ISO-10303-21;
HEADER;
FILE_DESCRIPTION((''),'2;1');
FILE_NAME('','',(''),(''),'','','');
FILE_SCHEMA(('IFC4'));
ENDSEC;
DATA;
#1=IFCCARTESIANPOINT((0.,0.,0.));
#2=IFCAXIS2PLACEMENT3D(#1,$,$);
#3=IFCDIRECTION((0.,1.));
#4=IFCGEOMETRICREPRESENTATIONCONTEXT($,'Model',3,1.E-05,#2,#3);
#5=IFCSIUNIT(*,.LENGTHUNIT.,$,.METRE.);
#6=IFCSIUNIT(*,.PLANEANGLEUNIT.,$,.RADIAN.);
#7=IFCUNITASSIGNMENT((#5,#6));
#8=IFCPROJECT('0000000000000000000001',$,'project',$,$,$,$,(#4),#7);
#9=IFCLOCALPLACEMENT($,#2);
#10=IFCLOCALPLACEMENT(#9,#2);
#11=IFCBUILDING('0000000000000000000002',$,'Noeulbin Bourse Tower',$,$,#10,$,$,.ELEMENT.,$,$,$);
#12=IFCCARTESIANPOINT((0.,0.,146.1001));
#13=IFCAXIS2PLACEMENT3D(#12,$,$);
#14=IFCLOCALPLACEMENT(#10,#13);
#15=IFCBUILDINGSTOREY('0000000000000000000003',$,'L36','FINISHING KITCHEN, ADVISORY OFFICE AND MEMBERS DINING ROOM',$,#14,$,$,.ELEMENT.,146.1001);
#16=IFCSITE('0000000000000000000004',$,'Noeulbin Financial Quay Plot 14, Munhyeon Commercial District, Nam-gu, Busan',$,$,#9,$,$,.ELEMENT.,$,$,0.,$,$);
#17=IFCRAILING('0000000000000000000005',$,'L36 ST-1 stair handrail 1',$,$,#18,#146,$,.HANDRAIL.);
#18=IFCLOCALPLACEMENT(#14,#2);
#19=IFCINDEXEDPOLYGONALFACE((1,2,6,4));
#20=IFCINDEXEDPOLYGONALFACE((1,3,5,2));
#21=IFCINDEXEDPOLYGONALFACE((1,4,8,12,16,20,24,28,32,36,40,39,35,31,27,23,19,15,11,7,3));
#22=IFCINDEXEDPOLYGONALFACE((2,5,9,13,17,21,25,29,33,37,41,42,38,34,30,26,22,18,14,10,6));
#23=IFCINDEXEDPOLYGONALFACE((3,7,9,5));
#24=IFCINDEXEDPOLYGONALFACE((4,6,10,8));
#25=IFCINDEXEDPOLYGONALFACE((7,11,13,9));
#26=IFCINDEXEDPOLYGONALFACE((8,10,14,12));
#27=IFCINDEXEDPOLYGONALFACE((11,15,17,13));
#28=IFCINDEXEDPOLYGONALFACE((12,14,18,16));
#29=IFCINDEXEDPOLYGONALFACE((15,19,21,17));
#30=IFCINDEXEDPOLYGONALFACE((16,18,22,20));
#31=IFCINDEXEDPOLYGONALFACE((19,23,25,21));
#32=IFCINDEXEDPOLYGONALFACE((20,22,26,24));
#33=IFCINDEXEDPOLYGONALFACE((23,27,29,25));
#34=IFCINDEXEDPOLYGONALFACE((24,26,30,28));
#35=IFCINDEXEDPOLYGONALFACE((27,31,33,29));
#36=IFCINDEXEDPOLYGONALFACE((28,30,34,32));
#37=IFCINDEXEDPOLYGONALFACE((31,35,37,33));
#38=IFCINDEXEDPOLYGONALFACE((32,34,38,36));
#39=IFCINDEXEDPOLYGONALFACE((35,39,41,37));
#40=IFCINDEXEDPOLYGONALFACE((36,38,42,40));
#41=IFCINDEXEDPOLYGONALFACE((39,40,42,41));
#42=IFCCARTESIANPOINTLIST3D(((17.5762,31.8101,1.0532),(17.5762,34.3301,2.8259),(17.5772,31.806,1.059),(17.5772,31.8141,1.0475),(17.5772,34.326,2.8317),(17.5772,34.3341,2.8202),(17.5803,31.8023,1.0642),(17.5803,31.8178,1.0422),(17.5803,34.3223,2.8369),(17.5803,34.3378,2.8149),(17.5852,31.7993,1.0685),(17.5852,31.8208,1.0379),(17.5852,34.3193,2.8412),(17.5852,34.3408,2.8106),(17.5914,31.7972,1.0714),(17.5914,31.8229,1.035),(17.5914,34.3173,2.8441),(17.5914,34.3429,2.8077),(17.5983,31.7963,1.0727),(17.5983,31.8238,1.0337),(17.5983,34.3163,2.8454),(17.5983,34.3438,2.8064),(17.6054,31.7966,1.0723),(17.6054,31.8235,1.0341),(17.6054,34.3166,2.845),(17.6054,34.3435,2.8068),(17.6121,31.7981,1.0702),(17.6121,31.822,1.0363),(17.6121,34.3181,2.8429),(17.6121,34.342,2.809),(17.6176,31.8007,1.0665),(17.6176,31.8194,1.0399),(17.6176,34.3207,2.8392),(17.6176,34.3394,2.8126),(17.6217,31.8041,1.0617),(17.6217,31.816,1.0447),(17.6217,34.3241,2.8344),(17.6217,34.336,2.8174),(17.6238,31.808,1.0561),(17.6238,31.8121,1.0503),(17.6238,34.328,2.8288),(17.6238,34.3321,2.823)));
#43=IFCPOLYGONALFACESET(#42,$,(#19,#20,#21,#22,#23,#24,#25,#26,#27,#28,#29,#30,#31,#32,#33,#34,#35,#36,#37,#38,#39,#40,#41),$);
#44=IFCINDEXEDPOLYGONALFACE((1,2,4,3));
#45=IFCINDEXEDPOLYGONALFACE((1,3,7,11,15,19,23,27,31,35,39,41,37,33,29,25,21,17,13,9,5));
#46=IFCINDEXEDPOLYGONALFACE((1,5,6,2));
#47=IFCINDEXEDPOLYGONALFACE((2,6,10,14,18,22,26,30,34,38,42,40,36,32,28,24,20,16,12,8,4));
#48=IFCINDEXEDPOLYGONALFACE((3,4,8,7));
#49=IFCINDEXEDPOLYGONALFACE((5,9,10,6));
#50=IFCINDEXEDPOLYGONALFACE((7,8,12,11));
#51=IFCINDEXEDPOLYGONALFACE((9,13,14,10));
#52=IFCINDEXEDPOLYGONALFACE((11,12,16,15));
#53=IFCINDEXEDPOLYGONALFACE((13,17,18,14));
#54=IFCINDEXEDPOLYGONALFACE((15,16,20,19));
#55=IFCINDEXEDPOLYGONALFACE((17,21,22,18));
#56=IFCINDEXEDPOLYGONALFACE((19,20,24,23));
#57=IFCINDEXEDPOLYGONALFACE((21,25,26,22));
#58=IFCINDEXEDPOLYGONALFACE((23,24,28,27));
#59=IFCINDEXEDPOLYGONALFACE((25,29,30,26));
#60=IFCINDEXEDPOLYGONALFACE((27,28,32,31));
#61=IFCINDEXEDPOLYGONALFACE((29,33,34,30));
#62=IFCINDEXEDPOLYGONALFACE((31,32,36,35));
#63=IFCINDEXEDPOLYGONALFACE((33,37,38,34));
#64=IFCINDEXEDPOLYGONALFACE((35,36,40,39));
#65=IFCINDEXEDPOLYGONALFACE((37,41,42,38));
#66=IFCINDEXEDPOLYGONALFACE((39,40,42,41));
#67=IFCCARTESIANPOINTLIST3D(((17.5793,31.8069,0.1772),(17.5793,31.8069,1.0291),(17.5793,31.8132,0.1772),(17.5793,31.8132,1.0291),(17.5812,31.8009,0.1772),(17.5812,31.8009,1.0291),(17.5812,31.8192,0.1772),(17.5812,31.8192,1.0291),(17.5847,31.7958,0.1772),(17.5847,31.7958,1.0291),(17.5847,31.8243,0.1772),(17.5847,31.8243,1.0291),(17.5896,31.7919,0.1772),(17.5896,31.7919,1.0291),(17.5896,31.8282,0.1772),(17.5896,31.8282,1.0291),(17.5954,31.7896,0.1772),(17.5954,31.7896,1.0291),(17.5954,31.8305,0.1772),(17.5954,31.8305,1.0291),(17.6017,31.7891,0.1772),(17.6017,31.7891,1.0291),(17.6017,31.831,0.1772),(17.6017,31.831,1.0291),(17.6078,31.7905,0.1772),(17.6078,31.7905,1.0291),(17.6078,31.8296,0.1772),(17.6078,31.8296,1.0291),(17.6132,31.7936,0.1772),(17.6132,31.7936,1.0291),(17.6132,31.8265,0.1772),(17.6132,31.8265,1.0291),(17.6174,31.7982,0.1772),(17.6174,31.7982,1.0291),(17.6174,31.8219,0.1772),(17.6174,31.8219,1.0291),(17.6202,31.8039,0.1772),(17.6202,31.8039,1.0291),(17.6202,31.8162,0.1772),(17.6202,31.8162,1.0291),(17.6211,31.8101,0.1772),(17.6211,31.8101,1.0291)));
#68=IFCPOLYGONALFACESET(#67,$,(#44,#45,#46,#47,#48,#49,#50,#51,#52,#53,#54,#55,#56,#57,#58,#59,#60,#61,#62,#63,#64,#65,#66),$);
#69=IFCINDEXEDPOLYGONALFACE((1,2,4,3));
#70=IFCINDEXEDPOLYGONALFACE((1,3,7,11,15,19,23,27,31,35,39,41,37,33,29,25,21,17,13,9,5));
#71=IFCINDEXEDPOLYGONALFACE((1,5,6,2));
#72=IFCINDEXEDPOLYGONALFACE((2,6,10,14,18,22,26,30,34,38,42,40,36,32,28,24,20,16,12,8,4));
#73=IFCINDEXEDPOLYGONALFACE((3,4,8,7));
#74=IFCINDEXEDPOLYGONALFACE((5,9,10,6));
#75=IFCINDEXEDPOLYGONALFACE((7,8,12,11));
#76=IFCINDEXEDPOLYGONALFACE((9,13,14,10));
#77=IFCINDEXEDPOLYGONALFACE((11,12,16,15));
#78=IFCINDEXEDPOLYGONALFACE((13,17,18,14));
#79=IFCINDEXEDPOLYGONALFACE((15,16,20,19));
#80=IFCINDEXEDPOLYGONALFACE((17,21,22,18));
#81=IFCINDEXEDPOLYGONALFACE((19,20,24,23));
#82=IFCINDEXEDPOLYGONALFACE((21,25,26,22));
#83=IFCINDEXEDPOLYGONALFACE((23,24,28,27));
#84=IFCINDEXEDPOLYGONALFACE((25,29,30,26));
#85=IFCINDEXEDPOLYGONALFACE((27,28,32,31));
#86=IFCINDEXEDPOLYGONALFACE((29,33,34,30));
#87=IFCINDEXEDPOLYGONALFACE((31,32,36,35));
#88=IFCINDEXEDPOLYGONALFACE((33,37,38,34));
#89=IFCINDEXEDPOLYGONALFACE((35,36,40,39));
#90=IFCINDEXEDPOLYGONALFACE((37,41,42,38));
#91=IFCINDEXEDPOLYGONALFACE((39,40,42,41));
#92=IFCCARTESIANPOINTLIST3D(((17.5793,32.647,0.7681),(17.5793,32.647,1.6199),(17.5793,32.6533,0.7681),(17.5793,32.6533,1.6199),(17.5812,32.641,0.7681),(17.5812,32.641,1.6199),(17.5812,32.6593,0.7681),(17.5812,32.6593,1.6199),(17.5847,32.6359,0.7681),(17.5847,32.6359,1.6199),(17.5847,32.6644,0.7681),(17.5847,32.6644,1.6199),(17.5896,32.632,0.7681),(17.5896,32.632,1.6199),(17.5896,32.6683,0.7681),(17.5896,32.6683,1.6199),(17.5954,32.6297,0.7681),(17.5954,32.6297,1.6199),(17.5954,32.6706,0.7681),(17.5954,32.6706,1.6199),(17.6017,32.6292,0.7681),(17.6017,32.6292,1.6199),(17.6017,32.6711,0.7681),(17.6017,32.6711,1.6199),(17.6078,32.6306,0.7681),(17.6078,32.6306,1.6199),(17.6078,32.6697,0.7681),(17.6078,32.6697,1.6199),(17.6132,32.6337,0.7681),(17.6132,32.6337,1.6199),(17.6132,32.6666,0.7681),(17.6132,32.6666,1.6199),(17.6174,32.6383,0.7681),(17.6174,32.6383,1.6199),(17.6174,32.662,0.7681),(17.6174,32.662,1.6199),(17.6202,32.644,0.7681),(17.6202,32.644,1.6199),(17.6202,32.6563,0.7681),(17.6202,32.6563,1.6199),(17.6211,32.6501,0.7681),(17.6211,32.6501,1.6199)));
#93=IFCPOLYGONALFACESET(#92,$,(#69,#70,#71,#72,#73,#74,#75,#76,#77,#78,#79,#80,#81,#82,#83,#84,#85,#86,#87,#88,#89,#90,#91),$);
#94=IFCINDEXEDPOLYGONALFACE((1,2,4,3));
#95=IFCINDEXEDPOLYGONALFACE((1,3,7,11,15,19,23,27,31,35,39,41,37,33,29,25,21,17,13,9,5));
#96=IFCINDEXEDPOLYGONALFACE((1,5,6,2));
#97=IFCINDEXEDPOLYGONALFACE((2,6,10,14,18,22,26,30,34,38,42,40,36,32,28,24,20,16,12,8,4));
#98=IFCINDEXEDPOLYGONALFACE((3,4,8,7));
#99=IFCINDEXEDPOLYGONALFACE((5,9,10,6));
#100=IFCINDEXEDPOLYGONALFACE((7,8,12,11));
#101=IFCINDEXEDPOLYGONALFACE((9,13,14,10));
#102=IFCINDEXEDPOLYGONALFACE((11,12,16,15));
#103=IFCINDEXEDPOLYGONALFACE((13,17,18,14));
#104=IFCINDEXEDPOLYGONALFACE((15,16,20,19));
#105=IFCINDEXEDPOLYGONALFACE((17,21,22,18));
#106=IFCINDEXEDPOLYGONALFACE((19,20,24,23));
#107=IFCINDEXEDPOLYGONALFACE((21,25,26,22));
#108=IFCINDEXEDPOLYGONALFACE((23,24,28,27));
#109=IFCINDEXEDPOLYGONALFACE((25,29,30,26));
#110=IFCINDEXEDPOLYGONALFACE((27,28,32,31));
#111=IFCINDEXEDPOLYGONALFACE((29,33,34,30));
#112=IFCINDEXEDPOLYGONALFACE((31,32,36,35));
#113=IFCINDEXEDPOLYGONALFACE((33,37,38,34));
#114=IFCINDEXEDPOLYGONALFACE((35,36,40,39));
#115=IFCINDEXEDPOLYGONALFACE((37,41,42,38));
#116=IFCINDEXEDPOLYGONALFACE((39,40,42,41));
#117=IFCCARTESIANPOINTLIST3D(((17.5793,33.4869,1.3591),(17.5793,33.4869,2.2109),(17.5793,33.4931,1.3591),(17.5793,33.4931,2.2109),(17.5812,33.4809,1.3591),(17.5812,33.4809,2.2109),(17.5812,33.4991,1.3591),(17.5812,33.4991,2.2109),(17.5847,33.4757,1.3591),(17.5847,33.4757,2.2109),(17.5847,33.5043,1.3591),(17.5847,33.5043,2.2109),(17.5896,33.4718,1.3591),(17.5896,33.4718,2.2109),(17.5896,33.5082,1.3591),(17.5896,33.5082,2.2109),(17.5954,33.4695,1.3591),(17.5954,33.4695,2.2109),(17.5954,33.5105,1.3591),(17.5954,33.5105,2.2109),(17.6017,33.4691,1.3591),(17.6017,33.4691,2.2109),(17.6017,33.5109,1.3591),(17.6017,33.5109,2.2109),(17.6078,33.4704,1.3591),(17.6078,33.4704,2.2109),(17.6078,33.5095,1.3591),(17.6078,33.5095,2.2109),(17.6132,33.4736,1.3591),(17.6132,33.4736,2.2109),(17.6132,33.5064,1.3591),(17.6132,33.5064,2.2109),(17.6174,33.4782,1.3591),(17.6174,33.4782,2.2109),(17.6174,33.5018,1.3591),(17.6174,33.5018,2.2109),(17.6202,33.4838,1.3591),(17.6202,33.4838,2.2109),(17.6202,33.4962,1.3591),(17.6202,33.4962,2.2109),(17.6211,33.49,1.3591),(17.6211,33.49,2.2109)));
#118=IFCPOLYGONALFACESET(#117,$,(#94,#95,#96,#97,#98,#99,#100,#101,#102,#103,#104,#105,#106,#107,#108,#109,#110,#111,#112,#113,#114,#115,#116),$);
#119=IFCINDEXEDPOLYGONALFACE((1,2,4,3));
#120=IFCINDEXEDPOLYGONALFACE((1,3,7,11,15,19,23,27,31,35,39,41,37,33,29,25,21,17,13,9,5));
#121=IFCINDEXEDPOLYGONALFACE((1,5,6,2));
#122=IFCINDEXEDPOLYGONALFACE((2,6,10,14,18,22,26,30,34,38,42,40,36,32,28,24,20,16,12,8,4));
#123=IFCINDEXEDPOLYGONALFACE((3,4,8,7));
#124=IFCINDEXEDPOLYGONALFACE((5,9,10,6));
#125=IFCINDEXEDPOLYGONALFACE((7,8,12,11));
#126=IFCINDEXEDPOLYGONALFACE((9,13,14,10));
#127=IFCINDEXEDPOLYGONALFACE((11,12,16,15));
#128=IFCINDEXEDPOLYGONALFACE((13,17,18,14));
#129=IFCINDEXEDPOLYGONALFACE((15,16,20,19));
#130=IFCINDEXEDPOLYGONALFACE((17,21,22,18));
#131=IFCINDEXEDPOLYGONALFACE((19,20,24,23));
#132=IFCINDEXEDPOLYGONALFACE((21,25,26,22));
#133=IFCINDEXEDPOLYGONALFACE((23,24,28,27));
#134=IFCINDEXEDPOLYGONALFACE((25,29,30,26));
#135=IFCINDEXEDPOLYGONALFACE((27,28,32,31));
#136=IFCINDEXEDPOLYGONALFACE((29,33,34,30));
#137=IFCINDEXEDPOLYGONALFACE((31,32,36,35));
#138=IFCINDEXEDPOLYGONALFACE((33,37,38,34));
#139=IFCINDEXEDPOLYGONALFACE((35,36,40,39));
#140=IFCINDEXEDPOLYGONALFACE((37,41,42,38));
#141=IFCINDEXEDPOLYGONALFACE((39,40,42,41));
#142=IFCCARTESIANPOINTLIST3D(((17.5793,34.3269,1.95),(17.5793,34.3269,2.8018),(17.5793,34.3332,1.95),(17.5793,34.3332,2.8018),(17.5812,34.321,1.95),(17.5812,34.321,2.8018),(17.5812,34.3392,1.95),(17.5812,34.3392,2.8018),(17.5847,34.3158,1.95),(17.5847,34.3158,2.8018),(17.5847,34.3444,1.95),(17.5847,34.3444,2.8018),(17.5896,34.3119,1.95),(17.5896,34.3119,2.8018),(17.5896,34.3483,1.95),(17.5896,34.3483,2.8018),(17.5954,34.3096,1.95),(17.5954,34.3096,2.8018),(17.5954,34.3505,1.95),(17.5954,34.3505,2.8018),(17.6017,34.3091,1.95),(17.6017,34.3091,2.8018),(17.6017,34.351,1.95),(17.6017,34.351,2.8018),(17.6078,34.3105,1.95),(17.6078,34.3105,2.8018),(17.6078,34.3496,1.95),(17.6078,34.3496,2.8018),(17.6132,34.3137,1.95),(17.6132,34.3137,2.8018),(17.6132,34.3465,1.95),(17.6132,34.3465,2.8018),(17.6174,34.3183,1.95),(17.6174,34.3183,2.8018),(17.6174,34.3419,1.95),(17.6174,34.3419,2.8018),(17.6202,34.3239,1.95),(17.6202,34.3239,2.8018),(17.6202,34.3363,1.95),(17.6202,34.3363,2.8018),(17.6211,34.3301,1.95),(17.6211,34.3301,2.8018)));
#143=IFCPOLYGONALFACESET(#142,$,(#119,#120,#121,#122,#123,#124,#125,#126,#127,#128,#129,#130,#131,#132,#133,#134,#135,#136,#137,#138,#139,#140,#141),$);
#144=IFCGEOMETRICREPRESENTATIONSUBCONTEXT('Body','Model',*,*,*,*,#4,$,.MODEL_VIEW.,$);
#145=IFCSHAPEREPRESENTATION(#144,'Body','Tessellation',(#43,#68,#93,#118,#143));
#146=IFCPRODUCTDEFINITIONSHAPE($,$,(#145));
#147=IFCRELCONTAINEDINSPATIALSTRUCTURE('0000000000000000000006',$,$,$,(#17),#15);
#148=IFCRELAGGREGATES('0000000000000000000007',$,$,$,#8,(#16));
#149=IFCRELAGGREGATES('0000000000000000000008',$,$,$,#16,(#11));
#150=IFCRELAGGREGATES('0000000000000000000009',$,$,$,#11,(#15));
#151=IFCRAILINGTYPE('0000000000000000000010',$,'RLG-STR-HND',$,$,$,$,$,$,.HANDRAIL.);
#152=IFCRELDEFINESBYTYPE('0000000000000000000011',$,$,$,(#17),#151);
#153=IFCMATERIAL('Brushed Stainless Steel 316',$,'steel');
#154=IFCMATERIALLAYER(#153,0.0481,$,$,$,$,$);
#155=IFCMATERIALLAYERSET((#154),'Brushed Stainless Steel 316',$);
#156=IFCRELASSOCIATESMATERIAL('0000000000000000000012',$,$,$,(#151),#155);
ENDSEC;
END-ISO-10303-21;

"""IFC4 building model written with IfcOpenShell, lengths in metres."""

from ifc_helpers import new_model, si_unit, direction, frame, origin, origin_2d, place, context, subcontext, project, spatial, circle, extrude, material, layer, layer_set, type_object, element, save


model = new_model("IFC4")

# Units and contexts
model_context = context("Model", 3, precision=1e-05, world=origin(), true_north=direction((0.0, 1.0)))
body_context = subcontext(model_context, "Body", "Model", "MODEL_VIEW")
ifc_project = project(units=[si_unit("LENGTHUNIT", "METRE"), si_unit("PLANEANGLEUNIT", "RADIAN")], contexts=[model_context])

# Site, building, storey
site_placement = place(None, origin())
site = spatial("IfcSite", under=ifc_project, at=site_placement, Name="Noeulbin Financial Quay Plot 14, Munhyeon Commercial District, Nam-gu, Busan", CompositionType="ELEMENT", RefElevation=0.0)
building_placement = place(site_placement, origin())
building = spatial("IfcBuilding", under=site, at=building_placement, Name="Noeulbin Bourse Tower", CompositionType="ELEMENT")
storey_placement = place(building_placement, frame((0.0, 0.0, 146.1001)))
storey = spatial("IfcBuildingStorey", under=building, at=storey_placement, Name="L36", Description="FINISHING KITCHEN, ADVISORY OFFICE AND MEMBERS DINING ROOM", CompositionType="ELEMENT", Elevation=146.1001)

# Shared definitions
ifc_material_1 = material(Name="Brushed Stainless Steel 316", Category="steel")

# Railing
ifc_layer_1 = layer(ifc_material_1, 0.0481)
ifc_layer_set_1 = layer_set([ifc_layer_1], Name="Brushed Stainless Steel 316")
railing_type_1 = type_object("IfcRailingType", Name="RLG-STR-HND", PredefinedType="HANDRAIL", material=ifc_layer_set_1)
railing_1_placement = place(storey_placement, frame((17.6001, 31.8101, 0.1772)))
element("IfcRailing", 1, at=railing_1_placement, inside=storey, type_object=railing_type_1, Name="L36 ST-1 stair handrail 1", PredefinedType="HANDRAIL", context=body_context, shape_type="SweptSolid", body=[
    extrude(circle(Radius=0.0239, at=origin_2d()), frame((0.0, 0.0, 0.876), z_axis=(0.0, 0.817904, 0.575354), x_axis=(-1.0, 0.0, 0.0)), (0.0, 0.0, 1.0), 3.0811),
    extrude(circle(Radius=0.021, at=origin_2d()), origin(), (0.0, 0.0, 1.0), 0.8518),
    extrude(circle(Radius=0.021, at=origin_2d()), frame((0.0, 0.8401, 0.5908)), (0.0, 0.0, 1.0), 0.8518),
    extrude(circle(Radius=0.021, at=origin_2d()), frame((0.0, 1.6799, 1.1819)), (0.0, 0.0, 1.0), 0.8518),
    extrude(circle(Radius=0.021, at=origin_2d()), frame((0.0, 2.52, 1.7727)), (0.0, 0.0, 1.0), 0.8518),
])

save(model, "model.ifc")
